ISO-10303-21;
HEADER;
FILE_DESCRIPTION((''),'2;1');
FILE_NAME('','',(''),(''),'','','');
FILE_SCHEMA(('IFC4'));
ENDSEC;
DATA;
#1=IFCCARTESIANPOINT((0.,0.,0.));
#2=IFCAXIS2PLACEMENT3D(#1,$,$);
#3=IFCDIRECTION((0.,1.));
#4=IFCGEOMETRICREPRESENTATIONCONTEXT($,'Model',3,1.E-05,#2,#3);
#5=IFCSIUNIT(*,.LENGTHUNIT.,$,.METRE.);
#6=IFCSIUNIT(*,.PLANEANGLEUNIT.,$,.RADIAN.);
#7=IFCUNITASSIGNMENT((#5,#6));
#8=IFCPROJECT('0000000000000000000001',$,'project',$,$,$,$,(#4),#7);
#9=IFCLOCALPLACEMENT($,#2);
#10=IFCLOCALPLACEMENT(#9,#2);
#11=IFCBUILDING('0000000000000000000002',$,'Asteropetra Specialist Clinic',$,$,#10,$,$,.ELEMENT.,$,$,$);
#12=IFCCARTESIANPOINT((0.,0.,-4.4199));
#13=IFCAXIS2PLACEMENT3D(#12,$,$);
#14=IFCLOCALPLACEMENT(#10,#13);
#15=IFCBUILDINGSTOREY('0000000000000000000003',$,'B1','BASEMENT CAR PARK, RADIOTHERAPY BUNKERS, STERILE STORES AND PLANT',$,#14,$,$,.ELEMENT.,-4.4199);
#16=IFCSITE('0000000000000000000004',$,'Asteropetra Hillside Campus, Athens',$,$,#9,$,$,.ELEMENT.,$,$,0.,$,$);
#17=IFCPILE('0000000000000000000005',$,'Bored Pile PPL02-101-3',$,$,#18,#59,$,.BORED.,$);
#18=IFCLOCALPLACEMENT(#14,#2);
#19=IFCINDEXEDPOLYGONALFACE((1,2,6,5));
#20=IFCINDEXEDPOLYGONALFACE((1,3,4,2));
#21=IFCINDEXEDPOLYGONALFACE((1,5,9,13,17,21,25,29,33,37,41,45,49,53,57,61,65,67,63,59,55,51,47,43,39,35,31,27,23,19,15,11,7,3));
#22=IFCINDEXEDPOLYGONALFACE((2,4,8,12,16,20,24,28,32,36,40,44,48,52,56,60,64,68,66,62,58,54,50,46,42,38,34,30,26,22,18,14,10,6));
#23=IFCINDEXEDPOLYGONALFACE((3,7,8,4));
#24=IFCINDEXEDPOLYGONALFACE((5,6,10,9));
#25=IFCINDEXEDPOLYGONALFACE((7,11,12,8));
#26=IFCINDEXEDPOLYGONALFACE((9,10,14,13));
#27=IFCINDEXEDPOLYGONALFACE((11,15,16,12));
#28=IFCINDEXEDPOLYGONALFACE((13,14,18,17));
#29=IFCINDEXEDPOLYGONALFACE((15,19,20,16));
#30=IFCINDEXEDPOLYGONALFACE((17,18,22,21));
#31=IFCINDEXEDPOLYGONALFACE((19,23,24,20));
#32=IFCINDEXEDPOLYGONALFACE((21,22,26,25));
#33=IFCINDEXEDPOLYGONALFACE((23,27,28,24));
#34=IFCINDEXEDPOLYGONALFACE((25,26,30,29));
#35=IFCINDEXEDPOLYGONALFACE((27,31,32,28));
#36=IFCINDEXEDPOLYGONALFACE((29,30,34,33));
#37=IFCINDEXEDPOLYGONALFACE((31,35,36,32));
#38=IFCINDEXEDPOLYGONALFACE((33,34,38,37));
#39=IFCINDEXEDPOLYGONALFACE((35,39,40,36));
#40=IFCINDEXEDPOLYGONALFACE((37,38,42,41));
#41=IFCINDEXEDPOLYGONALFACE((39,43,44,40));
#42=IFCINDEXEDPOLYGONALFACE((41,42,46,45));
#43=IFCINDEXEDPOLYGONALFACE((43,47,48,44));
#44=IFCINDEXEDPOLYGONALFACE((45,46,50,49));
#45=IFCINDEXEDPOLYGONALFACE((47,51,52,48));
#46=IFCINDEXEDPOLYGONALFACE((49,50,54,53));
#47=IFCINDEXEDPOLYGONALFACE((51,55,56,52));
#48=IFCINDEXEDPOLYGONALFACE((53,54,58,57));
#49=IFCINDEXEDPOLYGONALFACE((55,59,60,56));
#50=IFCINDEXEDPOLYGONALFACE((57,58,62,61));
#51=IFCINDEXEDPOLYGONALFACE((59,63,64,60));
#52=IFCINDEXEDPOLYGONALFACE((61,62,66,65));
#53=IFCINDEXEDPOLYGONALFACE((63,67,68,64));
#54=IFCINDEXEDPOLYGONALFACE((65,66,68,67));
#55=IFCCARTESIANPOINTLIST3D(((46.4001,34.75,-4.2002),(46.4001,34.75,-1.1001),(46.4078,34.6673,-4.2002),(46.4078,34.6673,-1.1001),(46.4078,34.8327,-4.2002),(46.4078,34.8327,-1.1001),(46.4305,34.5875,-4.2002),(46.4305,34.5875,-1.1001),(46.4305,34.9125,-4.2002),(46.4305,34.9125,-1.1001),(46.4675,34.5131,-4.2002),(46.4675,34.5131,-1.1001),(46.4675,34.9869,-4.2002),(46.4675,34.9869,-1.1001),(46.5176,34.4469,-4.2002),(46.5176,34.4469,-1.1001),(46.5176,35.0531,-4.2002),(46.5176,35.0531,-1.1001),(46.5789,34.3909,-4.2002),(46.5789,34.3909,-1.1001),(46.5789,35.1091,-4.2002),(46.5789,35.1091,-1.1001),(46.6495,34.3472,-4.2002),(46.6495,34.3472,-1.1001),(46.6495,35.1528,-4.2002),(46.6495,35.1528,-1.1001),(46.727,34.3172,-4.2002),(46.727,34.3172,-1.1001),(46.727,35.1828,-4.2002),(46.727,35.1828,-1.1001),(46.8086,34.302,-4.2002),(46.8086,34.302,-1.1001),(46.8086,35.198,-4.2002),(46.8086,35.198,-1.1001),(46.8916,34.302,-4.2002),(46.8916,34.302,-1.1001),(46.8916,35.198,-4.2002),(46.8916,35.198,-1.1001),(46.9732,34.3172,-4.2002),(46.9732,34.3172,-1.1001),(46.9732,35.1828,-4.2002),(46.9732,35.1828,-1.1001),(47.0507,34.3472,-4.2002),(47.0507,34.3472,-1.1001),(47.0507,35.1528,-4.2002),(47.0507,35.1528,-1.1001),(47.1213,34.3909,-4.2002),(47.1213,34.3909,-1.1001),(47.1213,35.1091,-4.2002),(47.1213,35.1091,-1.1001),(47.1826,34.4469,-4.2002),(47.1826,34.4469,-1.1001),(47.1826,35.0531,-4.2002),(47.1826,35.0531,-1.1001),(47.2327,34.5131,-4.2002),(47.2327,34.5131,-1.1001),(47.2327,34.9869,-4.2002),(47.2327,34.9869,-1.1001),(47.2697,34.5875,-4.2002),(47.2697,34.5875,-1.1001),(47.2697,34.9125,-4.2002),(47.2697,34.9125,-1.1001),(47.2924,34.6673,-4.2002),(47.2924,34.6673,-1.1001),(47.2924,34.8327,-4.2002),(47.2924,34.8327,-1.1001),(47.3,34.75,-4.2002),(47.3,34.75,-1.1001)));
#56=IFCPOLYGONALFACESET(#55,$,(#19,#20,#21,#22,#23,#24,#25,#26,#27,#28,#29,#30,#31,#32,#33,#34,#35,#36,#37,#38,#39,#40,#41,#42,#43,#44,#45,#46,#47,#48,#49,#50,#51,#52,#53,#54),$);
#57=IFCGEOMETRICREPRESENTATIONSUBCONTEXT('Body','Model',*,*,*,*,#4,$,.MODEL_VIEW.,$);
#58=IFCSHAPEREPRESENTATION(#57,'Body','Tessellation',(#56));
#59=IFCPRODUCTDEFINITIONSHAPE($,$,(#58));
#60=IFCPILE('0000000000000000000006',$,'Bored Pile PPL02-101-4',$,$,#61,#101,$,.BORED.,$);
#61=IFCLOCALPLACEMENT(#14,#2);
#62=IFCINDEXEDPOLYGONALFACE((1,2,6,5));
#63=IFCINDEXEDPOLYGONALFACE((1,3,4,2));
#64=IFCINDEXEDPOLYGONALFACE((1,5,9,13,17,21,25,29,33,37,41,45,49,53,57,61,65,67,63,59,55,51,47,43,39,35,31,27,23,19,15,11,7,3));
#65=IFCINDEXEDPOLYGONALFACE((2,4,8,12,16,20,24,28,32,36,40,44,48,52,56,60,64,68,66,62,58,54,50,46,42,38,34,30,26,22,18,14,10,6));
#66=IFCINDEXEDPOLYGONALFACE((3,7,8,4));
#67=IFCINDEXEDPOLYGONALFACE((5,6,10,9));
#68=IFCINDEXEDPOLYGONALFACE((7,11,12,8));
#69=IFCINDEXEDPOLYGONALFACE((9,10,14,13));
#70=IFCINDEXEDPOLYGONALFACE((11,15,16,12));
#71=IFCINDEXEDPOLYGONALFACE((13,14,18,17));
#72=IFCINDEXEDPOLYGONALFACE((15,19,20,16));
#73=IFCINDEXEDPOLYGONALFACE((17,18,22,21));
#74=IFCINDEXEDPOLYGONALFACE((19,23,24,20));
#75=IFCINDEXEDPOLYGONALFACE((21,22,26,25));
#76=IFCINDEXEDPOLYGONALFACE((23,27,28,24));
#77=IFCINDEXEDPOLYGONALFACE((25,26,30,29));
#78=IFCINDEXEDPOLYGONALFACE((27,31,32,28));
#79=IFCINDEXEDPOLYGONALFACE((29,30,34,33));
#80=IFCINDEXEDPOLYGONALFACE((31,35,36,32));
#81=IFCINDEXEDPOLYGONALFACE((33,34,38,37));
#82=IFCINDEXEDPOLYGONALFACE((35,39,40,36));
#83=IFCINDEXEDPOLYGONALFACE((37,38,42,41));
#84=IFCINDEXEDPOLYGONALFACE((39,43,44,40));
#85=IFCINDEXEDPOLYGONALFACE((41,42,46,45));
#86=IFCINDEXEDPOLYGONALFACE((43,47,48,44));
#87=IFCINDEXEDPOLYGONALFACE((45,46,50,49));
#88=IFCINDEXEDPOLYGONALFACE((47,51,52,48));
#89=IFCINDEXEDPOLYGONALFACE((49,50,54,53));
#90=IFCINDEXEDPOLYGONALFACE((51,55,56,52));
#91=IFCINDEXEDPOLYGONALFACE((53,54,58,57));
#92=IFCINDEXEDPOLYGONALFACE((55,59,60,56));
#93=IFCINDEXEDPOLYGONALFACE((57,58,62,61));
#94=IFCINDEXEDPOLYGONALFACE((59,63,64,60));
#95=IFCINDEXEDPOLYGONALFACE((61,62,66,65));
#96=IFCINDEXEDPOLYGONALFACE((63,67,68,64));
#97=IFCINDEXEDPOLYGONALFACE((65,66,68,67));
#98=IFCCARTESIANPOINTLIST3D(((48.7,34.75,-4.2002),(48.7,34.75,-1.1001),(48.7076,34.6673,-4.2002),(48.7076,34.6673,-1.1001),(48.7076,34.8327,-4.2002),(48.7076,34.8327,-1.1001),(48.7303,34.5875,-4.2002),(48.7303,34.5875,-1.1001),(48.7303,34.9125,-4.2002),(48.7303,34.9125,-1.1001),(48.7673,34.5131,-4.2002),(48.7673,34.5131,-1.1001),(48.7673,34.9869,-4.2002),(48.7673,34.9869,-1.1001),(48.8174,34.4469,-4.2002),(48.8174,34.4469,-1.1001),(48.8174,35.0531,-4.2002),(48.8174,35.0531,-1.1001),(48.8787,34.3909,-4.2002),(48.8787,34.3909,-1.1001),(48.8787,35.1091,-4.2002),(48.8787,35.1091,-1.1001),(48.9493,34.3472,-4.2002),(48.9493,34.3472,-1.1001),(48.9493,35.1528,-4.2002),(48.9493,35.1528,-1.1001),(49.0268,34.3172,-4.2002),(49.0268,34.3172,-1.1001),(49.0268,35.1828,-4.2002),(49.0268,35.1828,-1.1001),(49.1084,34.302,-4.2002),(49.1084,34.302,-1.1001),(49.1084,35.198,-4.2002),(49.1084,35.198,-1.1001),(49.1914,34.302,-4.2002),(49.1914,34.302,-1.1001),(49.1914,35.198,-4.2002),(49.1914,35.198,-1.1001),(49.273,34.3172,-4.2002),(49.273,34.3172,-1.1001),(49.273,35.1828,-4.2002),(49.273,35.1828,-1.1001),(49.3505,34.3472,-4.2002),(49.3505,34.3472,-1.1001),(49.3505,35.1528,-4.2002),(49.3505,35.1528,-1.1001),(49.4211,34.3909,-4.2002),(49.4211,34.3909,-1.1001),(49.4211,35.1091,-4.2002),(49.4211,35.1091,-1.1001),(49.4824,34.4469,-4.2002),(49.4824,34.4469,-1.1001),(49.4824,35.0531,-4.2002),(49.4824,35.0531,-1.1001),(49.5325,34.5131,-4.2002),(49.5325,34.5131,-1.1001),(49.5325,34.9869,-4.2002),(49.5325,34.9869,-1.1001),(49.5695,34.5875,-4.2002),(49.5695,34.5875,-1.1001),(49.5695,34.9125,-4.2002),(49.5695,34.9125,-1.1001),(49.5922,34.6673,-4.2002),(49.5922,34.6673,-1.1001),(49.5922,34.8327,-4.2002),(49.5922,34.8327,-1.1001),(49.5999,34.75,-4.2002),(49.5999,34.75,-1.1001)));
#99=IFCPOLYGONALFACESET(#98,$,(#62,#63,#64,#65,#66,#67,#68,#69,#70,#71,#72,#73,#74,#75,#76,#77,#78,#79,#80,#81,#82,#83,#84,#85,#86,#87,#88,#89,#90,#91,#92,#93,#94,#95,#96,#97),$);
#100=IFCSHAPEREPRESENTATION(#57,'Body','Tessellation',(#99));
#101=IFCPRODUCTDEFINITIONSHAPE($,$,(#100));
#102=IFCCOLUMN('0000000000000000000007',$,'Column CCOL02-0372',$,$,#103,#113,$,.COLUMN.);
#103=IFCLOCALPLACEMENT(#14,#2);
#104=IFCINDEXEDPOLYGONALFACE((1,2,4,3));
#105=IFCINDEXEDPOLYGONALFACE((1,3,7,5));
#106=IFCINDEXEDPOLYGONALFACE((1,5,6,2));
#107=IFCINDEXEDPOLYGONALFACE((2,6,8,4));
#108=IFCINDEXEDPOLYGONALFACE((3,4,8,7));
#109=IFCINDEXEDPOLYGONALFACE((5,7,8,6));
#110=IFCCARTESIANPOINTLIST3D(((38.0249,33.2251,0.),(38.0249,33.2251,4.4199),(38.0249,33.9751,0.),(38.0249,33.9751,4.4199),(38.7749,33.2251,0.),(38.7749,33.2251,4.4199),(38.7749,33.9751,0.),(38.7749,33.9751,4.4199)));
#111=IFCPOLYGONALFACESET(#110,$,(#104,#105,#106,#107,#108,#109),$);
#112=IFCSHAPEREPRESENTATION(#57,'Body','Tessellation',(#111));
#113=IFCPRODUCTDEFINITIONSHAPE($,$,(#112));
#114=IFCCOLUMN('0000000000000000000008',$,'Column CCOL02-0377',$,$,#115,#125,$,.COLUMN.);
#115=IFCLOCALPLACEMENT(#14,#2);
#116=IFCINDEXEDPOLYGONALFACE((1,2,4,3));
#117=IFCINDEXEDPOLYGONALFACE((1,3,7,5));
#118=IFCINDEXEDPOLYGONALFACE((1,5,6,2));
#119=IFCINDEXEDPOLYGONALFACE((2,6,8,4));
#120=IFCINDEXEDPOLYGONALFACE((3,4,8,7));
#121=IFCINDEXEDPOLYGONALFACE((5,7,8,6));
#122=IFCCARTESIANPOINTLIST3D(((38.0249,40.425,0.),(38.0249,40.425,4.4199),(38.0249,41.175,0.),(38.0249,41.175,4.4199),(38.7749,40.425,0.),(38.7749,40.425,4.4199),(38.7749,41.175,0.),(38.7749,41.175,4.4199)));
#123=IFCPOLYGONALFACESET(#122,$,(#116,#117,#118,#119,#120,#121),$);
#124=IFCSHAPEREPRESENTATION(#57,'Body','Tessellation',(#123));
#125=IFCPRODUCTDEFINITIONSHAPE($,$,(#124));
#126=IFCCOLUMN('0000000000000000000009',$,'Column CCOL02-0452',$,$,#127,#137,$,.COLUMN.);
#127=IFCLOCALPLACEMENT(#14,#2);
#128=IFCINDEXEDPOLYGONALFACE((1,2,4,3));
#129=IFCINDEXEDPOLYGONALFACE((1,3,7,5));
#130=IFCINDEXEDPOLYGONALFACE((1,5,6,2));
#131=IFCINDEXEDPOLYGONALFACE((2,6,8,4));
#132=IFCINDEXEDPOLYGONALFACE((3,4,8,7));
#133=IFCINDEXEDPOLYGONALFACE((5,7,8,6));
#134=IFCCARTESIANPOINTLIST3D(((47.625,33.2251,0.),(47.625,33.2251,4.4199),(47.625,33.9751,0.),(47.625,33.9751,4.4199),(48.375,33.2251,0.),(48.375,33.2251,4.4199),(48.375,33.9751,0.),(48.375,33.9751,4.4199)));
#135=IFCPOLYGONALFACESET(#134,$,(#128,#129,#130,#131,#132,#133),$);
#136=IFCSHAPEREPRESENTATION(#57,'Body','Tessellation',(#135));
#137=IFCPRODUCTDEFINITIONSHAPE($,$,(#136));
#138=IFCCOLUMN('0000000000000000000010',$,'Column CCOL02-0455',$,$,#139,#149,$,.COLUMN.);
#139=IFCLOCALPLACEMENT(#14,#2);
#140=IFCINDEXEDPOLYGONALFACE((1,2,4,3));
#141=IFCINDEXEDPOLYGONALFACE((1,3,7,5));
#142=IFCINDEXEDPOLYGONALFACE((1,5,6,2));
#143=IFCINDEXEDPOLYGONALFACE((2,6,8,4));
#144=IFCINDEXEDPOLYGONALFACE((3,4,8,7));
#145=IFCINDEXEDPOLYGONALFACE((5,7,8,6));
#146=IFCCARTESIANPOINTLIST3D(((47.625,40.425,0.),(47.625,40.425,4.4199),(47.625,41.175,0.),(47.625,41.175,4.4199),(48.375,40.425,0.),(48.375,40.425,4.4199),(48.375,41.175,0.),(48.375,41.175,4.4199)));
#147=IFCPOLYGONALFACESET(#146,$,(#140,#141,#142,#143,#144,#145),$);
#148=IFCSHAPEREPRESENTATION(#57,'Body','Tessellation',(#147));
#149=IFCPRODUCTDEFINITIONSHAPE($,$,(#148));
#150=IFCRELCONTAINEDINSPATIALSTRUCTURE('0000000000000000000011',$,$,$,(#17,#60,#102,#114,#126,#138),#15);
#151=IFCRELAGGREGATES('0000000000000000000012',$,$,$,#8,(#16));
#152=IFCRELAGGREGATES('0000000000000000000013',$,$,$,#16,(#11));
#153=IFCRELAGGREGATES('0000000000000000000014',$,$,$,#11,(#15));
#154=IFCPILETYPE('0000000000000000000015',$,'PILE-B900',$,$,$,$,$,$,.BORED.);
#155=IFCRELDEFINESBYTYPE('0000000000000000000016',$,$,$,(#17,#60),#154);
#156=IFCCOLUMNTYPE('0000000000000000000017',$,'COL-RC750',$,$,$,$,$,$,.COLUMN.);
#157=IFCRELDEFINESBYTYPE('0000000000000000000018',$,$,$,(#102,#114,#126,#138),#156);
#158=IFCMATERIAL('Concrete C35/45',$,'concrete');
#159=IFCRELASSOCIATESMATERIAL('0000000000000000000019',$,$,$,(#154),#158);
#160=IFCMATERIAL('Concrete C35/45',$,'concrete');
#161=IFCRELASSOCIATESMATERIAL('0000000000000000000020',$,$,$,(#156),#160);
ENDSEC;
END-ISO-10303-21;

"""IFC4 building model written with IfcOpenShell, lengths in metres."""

from ifc_helpers import new_model, si_unit, direction, frame, origin, origin_2d, place, context, subcontext, project, spatial, rectangle, circle, extrude, material, material_profile, profile_set, type_object, element, save


model = new_model("IFC4")

# Units and contexts
model_context = context("Model", 3, precision=1e-05, world=origin(), true_north=direction((0.0, 1.0)))
body_context = subcontext(model_context, "Body", "Model", "MODEL_VIEW")
ifc_project = project(units=[si_unit("LENGTHUNIT", "METRE"), si_unit("PLANEANGLEUNIT", "RADIAN")], contexts=[model_context])

# Site, building, storey
site_placement = place(None, origin())
site = spatial("IfcSite", under=ifc_project, at=site_placement, Name="Asteropetra Hillside Campus, Athens", CompositionType="ELEMENT", RefElevation=0.0)
building_placement = place(site_placement, origin())
building = spatial("IfcBuilding", under=site, at=building_placement, Name="Asteropetra Specialist Clinic", CompositionType="ELEMENT")
storey_placement = place(building_placement, frame((0.0, 0.0, -4.4199)))
storey = spatial("IfcBuildingStorey", under=building, at=storey_placement, Name="B1", Description="BASEMENT CAR PARK, RADIOTHERAPY BUNKERS, STERILE STORES AND PLANT", CompositionType="ELEMENT", Elevation=-4.4199)

# Piles
ifc_material_1 = material(Name="Concrete C35/45", Category="concrete")
ifc_material_profile_1 = material_profile(ifc_material_1, circle(Radius=0.45, at=origin_2d()), Name="PILE D900")
ifc_profile_set_1 = profile_set([ifc_material_profile_1], Name="Concrete C35/45")
pile_type_1 = type_object("IfcPileType", Name="PILE-B900", PredefinedType="BORED", material=ifc_profile_set_1)
for number, where, z_axis, x_axis, name in (
    (1, (46.8501, 34.75, -1.1001), (0.0, 0.0, -1.0), (1.0, 0.0, 0.0), "Bored Pile PPL02-101-3"),
    (2, (49.1499, 34.75, -1.1001), (0.0, 0.0, -1.0), (1.0, 0.0, 0.0), "Bored Pile PPL02-101-4"),
):
    element("IfcPile", number, at=place(storey_placement, frame(where, z_axis=z_axis, x_axis=x_axis)), inside=storey, type_object=pile_type_1, Name=name, PredefinedType="BORED", context=body_context, shape_type="SweptSolid", body=[
        extrude(circle(Radius=0.45, at=origin_2d()), origin(), (0.0, 0.0, 1.0), 3.1001),
    ])

# Columns
ifc_material_2 = material(Name="Concrete C35/45", Category="concrete")
ifc_material_profile_2 = material_profile(ifc_material_2, rectangle(XDim=0.75, YDim=0.75, at=origin_2d()), Name="RC 750x750")
ifc_profile_set_2 = profile_set([ifc_material_profile_2], Name="Concrete C35/45")
column_type = type_object("IfcColumnType", Name="COL-RC750", PredefinedType="COLUMN", material=ifc_profile_set_2)
for number, where, z_axis, x_axis, name in (
    (3, (38.3999, 33.6001, 0.0), (0.0, 0.0, 1.0), (1.0, 0.0, 0.0), "Column CCOL02-0372"),
    (4, (38.3999, 40.8, 0.0), (0.0, 0.0, 1.0), (1.0, 0.0, 0.0), "Column CCOL02-0377"),
    (5, (48.0, 33.6001, 0.0), (0.0, 0.0, 1.0), (1.0, 0.0, 0.0), "Column CCOL02-0452"),
    (6, (48.0, 40.8, 0.0), (0.0, 0.0, 1.0), (1.0, 0.0, 0.0), "Column CCOL02-0455"),
):
    element("IfcColumn", number, at=place(storey_placement, frame(where, z_axis=z_axis, x_axis=x_axis)), inside=storey, type_object=column_type, Name=name, PredefinedType="COLUMN", context=body_context, shape_type="SweptSolid", body=[
        extrude(rectangle(XDim=0.75, YDim=0.75, at=origin_2d()), origin(), (0.0, 0.0, 1.0), 4.4199),
    ])

save(model, "model.ifc")
